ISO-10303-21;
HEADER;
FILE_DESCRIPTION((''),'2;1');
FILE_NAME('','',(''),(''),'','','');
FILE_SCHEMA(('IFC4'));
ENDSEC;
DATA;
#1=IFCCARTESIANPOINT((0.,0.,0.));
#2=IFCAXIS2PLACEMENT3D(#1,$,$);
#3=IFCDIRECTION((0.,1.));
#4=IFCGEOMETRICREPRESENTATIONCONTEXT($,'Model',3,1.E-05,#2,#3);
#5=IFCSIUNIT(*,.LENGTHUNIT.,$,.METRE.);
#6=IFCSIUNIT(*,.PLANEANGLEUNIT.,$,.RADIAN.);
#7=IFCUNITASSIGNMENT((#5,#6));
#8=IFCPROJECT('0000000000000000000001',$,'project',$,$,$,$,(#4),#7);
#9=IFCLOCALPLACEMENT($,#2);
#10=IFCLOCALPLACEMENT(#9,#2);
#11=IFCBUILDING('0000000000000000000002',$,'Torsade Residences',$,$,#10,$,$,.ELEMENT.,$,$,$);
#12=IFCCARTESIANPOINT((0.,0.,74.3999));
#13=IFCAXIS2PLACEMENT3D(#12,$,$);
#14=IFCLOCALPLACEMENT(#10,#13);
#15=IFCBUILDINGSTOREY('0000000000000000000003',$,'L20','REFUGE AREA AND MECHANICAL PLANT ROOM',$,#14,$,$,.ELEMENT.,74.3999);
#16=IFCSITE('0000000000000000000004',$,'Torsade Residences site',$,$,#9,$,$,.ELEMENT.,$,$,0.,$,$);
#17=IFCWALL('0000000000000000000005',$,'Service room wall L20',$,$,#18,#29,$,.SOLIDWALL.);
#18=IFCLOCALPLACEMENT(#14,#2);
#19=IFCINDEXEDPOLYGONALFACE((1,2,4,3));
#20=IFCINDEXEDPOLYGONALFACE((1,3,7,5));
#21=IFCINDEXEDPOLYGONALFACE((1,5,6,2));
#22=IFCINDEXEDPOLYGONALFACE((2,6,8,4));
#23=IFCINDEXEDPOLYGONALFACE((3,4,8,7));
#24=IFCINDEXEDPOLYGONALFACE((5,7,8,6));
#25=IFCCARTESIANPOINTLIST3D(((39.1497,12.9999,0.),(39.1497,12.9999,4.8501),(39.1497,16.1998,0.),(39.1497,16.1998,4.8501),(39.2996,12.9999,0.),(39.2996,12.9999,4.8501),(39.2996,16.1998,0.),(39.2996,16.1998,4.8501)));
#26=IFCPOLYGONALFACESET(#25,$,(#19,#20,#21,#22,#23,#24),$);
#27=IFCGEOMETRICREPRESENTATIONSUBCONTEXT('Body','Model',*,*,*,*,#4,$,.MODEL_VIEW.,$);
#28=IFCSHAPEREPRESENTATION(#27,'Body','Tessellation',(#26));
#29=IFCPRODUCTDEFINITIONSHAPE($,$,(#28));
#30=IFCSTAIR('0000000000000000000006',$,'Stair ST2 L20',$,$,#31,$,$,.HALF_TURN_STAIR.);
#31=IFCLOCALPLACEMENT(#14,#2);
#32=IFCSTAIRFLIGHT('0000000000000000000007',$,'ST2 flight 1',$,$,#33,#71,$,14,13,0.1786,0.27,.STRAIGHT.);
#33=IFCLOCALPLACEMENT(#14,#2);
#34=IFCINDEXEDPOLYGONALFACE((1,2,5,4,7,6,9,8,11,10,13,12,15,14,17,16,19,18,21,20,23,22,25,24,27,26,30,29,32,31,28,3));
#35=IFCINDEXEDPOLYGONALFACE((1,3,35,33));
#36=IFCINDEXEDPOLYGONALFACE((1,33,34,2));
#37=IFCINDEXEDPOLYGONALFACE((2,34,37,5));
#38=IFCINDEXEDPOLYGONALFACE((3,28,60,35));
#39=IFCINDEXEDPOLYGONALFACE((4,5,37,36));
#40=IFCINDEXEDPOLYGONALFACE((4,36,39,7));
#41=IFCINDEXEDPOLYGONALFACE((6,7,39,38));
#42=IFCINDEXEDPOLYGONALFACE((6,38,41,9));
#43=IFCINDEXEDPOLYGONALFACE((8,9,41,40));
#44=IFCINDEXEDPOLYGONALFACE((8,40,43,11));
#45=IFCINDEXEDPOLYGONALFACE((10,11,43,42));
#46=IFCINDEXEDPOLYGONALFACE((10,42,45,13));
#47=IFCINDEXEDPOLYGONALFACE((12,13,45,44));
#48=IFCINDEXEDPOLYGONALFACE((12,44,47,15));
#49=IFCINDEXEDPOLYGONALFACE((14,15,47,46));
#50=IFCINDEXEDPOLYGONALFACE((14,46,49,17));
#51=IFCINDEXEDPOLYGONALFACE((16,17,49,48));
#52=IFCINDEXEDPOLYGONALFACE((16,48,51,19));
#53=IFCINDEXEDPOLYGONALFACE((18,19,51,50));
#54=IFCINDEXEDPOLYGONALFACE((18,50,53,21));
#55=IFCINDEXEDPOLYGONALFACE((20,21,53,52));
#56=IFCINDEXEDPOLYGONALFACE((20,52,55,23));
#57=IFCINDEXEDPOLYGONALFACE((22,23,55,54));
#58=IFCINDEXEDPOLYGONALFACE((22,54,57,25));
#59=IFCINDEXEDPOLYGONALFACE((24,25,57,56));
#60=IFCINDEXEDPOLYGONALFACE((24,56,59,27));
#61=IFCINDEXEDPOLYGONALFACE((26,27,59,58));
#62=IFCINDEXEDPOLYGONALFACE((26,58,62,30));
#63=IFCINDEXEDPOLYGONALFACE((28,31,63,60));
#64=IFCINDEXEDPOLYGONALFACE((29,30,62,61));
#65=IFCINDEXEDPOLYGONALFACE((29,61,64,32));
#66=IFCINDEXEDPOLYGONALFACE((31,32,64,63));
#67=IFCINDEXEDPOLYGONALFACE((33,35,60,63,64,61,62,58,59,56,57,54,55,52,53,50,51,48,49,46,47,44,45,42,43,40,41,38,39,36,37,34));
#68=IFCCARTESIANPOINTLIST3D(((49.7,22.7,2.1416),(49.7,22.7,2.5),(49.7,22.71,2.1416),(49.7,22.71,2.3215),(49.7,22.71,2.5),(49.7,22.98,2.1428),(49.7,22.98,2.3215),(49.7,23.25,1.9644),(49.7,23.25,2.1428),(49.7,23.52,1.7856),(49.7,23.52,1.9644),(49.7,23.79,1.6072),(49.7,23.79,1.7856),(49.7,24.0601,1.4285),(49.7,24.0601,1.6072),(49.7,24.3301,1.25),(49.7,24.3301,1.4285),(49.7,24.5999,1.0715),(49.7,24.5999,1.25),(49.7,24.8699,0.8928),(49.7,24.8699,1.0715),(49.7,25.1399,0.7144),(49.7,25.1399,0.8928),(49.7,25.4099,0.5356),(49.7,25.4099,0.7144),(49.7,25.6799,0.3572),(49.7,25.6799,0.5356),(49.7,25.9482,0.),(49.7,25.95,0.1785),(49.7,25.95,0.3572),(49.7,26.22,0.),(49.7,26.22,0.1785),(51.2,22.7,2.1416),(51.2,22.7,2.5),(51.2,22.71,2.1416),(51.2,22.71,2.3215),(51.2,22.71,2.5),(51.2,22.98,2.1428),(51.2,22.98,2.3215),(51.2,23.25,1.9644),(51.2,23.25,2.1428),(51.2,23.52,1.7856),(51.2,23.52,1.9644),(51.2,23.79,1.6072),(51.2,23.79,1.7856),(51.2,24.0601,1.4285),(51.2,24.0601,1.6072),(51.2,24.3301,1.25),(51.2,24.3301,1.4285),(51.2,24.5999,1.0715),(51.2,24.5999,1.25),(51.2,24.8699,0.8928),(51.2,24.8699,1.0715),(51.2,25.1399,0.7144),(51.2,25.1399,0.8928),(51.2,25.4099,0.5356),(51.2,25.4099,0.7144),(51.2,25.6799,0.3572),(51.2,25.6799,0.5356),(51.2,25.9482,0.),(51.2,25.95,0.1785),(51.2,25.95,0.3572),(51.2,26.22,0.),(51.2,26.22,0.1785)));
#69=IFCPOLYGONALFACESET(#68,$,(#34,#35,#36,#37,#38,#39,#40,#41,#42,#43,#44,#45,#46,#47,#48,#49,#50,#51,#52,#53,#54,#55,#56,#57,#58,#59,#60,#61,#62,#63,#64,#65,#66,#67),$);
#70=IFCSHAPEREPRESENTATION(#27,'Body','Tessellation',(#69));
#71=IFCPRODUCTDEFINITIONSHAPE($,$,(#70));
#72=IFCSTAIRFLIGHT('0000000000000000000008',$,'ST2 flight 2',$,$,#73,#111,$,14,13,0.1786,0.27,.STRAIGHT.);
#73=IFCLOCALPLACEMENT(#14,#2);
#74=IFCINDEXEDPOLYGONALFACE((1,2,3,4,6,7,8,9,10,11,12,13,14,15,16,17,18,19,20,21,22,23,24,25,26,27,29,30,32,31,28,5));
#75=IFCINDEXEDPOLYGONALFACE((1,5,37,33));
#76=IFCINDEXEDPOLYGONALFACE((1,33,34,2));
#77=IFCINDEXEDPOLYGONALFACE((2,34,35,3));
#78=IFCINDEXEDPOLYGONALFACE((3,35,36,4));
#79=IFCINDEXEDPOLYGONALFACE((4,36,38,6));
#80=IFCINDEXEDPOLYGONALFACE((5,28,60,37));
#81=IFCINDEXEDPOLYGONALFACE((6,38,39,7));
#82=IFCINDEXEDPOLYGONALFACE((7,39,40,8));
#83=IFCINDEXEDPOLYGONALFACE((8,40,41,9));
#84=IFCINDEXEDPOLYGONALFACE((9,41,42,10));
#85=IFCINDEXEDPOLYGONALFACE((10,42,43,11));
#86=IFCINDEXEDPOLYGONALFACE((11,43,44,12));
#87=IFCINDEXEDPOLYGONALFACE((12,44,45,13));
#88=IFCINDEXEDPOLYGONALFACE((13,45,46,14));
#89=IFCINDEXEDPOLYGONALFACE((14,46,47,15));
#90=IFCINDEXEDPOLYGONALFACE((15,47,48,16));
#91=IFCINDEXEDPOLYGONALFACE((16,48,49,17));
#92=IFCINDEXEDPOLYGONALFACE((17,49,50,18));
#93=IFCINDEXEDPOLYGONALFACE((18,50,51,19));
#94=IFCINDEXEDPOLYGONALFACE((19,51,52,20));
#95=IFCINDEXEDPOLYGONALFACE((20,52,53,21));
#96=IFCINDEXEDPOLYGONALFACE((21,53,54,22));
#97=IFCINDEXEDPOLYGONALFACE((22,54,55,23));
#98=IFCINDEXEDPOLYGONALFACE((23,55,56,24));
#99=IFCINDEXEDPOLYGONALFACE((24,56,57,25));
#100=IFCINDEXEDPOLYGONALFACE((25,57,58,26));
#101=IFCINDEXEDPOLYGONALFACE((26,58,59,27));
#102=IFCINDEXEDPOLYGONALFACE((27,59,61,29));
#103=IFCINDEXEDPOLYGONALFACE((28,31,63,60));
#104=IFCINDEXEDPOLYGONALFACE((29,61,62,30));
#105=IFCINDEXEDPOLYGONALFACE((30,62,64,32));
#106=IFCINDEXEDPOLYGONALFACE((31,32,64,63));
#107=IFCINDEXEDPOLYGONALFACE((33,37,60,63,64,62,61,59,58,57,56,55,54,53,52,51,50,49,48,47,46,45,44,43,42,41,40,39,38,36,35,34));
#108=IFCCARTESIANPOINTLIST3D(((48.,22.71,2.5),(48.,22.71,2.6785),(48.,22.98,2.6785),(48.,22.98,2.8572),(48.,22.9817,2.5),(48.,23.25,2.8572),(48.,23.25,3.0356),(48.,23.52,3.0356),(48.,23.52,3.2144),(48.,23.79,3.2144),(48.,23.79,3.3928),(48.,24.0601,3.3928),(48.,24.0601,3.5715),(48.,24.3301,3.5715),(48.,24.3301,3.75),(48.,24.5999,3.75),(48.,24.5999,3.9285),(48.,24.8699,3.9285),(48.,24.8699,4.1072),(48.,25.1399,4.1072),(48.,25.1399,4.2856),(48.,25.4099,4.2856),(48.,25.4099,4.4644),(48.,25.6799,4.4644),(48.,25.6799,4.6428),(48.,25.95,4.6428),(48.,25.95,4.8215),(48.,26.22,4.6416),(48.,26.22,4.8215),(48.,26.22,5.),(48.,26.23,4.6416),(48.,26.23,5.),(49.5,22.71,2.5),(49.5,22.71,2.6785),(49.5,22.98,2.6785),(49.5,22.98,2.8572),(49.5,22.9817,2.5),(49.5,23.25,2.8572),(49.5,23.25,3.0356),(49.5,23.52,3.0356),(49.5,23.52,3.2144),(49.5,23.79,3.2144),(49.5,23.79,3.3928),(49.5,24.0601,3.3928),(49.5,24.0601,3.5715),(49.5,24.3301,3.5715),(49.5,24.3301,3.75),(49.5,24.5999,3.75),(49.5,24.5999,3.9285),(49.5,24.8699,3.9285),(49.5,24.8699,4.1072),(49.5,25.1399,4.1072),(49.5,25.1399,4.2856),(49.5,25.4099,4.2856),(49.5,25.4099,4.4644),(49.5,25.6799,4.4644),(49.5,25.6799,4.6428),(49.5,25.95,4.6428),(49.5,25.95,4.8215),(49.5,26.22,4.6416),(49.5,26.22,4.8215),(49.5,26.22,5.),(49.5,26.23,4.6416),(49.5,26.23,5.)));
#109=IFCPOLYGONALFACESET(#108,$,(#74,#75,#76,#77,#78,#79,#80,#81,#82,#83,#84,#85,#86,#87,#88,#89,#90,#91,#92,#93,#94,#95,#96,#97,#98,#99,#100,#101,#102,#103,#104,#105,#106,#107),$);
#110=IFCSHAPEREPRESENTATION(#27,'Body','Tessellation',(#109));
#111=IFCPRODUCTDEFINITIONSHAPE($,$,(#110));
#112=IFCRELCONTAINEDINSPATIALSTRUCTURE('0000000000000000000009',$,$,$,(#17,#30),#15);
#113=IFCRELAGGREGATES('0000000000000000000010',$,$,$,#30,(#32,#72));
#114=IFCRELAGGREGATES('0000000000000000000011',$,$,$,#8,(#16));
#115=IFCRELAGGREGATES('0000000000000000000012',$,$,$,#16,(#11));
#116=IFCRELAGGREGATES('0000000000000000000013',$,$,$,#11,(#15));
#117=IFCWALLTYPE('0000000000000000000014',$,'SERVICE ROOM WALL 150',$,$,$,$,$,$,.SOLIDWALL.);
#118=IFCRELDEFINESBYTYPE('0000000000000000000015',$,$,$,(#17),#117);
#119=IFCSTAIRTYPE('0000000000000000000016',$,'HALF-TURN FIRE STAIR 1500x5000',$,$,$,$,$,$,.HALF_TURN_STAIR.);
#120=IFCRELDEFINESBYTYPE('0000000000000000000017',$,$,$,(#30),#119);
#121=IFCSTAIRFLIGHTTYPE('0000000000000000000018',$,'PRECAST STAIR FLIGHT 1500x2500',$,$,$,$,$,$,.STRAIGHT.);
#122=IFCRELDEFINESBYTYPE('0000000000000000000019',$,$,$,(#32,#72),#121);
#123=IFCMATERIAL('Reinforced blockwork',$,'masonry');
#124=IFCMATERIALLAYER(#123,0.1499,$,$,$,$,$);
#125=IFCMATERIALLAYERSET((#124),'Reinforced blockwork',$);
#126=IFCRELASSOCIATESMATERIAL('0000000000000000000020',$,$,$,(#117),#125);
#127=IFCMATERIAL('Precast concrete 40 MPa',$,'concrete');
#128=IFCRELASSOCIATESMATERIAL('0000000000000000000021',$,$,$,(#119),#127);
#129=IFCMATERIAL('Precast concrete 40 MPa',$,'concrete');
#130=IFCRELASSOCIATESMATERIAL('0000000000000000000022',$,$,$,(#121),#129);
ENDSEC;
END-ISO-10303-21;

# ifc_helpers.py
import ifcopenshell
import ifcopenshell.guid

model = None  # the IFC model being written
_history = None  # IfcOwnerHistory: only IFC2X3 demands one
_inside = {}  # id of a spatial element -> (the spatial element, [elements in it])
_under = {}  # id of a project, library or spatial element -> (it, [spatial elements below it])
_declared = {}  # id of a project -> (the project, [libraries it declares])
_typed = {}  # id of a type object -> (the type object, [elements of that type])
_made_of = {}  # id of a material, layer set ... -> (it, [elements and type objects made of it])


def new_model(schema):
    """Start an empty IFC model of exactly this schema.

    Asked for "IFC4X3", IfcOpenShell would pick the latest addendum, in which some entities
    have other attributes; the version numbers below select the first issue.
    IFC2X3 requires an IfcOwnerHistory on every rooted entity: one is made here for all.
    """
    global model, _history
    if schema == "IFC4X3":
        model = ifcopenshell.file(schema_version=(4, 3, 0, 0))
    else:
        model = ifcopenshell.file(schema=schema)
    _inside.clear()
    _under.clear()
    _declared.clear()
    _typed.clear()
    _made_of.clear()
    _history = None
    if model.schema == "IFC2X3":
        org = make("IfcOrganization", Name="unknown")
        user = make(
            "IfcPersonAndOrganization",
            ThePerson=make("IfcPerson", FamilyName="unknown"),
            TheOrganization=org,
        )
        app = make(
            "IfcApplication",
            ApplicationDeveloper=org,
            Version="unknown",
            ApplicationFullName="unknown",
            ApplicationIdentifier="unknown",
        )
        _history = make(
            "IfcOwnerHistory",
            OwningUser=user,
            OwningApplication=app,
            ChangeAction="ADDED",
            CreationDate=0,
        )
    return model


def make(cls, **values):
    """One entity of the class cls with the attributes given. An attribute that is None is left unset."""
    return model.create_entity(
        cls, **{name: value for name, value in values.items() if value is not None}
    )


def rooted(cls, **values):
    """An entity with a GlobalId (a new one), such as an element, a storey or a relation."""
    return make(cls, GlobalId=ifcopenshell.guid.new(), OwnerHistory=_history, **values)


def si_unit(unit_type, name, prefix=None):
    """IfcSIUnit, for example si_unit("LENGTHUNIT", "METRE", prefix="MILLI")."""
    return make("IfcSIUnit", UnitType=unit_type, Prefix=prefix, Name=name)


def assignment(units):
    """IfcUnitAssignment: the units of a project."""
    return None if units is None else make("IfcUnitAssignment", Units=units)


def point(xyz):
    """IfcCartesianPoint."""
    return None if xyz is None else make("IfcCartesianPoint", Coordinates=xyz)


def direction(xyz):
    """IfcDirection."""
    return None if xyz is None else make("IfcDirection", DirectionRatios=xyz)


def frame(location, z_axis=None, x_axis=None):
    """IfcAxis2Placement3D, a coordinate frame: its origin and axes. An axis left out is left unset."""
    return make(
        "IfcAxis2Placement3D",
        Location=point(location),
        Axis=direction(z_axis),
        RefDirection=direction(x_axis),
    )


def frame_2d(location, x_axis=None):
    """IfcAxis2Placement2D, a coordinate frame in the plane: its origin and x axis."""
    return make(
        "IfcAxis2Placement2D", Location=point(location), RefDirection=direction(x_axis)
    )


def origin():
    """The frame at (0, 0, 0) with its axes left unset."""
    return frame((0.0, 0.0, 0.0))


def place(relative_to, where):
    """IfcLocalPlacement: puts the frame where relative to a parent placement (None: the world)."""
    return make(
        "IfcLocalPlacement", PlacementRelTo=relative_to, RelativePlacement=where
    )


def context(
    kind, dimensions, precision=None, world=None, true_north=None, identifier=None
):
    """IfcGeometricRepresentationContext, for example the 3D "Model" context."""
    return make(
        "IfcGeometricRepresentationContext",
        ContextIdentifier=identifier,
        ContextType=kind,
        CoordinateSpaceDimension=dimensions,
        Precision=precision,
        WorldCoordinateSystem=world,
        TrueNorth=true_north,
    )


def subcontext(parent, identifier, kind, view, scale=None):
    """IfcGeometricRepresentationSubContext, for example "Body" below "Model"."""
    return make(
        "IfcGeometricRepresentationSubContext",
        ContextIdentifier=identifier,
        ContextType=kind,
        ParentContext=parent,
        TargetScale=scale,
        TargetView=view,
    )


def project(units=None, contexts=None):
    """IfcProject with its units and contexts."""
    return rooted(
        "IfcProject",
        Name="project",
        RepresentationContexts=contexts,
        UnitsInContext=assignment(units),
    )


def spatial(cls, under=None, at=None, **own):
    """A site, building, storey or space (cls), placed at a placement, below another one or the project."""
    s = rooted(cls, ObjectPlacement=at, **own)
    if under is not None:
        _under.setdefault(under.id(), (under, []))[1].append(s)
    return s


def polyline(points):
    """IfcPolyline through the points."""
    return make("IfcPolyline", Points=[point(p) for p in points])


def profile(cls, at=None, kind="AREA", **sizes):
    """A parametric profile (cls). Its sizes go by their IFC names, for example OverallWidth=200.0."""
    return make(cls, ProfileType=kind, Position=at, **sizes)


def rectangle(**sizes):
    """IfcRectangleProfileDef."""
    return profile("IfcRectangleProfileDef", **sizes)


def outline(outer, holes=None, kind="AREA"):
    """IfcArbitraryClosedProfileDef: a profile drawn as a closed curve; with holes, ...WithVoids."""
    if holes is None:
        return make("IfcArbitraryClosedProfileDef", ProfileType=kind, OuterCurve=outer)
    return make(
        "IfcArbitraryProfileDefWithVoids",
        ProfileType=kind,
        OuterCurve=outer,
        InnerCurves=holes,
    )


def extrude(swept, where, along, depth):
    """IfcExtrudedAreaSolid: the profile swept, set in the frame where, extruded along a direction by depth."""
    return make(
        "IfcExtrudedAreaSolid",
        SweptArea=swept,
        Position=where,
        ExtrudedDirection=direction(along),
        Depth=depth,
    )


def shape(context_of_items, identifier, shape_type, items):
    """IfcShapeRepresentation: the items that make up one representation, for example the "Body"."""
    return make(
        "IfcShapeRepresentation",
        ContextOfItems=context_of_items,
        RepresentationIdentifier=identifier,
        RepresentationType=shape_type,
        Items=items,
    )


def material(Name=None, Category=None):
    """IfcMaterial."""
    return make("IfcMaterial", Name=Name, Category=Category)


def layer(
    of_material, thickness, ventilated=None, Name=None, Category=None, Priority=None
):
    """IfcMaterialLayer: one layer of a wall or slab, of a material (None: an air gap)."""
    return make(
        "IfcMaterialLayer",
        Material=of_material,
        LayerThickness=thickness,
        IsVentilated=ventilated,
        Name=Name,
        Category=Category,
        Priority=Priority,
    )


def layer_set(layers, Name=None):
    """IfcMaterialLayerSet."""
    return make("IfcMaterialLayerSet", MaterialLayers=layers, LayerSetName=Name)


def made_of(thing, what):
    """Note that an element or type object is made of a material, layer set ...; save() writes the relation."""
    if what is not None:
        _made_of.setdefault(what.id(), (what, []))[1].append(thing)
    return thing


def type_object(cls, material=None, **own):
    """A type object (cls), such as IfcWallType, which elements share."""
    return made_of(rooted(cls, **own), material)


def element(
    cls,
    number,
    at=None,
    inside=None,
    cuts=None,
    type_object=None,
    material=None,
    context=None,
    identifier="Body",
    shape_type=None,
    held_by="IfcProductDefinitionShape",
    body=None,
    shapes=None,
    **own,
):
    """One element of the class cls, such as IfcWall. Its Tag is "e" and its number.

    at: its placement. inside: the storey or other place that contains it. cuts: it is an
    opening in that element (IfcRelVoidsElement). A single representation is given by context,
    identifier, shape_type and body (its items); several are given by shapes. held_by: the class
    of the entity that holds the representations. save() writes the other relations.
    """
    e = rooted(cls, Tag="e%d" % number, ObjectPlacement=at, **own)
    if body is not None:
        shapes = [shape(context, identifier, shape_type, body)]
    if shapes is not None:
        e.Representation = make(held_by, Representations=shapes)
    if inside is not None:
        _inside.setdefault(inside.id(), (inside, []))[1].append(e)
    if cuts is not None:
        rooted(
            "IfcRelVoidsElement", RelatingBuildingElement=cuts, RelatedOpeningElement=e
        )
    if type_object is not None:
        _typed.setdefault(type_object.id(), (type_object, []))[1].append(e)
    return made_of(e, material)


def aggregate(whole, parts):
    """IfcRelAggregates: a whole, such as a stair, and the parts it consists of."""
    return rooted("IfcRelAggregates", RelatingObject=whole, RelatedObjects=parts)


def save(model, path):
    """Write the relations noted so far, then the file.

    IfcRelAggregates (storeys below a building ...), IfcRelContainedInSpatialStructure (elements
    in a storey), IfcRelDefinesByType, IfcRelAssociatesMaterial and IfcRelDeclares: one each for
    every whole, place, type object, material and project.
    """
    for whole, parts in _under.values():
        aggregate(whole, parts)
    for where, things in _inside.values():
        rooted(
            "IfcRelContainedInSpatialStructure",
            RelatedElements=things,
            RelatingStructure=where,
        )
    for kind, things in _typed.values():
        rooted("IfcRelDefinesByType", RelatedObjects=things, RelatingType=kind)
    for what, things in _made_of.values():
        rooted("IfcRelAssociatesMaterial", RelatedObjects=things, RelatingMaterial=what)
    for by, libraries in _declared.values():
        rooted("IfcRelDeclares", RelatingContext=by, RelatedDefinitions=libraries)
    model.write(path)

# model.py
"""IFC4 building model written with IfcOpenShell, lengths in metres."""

from ifc_helpers import new_model, si_unit, direction, frame, frame_2d, origin, place, context, subcontext, project, spatial, polyline, rectangle, outline, extrude, material, layer, layer_set, type_object, element, aggregate, save


model = new_model("IFC4")

# Units and contexts
model_context = context("Model", 3, precision=1e-05, world=origin(), true_north=direction((0.0, 1.0)))
body_context = subcontext(model_context, "Body", "Model", "MODEL_VIEW")
ifc_project = project(units=[si_unit("LENGTHUNIT", "METRE"), si_unit("PLANEANGLEUNIT", "RADIAN")], contexts=[model_context])

# Site, building, storey
site_placement = place(None, origin())
site = spatial("IfcSite", under=ifc_project, at=site_placement, Name="Torsade Residences site", CompositionType="ELEMENT", RefElevation=0.0)
building_placement = place(site_placement, origin())
building = spatial("IfcBuilding", under=site, at=building_placement, Name="Torsade Residences", CompositionType="ELEMENT")
storey_placement = place(building_placement, frame((0.0, 0.0, 74.3999)))
storey = spatial("IfcBuildingStorey", under=building, at=storey_placement, Name="L20", Description="REFUGE AREA AND MECHANICAL PLANT ROOM", CompositionType="ELEMENT", Elevation=74.3999)

# Shared definitions
ifc_material_1 = material(Name="Reinforced blockwork", Category="masonry")
ifc_layer_1 = layer(ifc_material_1, 0.1499)
ifc_layer_set_1 = layer_set([ifc_layer_1], Name="Reinforced blockwork")
wall_type_1 = type_object("IfcWallType", Name="SERVICE ROOM WALL 150", PredefinedType="SOLIDWALL", material=ifc_layer_set_1)

# Wall
wall_1_placement = place(storey_placement, frame((39.2246, 16.2, 0.0), z_axis=(0.0, 0.0, 1.0), x_axis=(0.0, -1.0, 0.0)))
element("IfcWall", 1, at=wall_1_placement, inside=storey, type_object=wall_type_1, Name="Service room wall L20", PredefinedType="SOLIDWALL", context=body_context, shape_type="SweptSolid", body=[
    extrude(rectangle(XDim=3.2, YDim=0.1499, at=frame_2d((1.6001, 0.0))), origin(), (0.0, 0.0, 1.0), 4.8501),
])

# Stair, stair flights
ifc_material_2 = material(Name="Precast concrete 40 MPa", Category="concrete")
stair_type = type_object("IfcStairType", Name="HALF-TURN FIRE STAIR 1500x5000", PredefinedType="HALF_TURN_STAIR", material=ifc_material_2)
stair_placement = place(storey_placement, origin())
stair = element("IfcStair", 2, at=stair_placement, inside=storey, type_object=stair_type, Name="Stair ST2 L20", PredefinedType="HALF_TURN_STAIR")
ifc_material_3 = material(Name="Precast concrete 40 MPa", Category="concrete")
stair_flight_type = type_object("IfcStairFlightType", Name="PRECAST STAIR FLIGHT 1500x2500", PredefinedType="STRAIGHT", material=ifc_material_3)
stair_flight_1_placement = place(storey_placement, frame((50.45, 26.22, 0.0), z_axis=(0.0, 0.0, 1.0), x_axis=(0.0, -1.0, 0.0)))
stair_flight_1 = element("IfcStairFlight", 3, at=stair_flight_1_placement, type_object=stair_flight_type, Name="ST2 flight 1", NumberOfRisers=14, NumberOfTreads=13, PredefinedType="STRAIGHT", RiserHeight=0.1786, TreadLength=0.27, context=body_context, shape_type="SweptSolid", body=[
    extrude(outline(polyline([(0.0, 0.0), (0.0, 0.1785), (0.27, 0.1785), (0.27, 0.3572), (0.54, 0.3572), (0.54, 0.5356), (0.8101, 0.5356), (0.8101, 0.7144), (1.0801, 0.7144), (1.0801, 0.8928), (1.3501, 0.8928), (1.3501, 1.0715), (1.6201, 1.0715), (1.6201, 1.25), (1.8899, 1.25), (1.8899, 1.4285), (2.1599, 1.4285), (2.1599, 1.6072), (2.4299, 1.6072), (2.4299, 1.7856), (2.7, 1.7856), (2.7, 1.9644), (2.97, 1.9644), (2.97, 2.1428), (3.24, 2.1428), (3.24, 2.3215), (3.51, 2.3215), (3.51, 2.5), (3.52, 2.5), (3.52, 2.1416), (3.51, 2.1416), (0.2717, 0.0), (0.0, 0.0)])), frame((0.0, 0.75, 0.0), z_axis=(0.0, -1.0, 0.0), x_axis=(1.0, 0.0, 0.0)), (0.0, 0.0, 1.0), 1.5),
])
stair_flight_2_placement = place(storey_placement, frame((48.75, 22.71, 2.5), z_axis=(0.0, 0.0, 1.0), x_axis=(0.0, 1.0, 0.0)))
stair_flight_2 = element("IfcStairFlight", 4, at=stair_flight_2_placement, type_object=stair_flight_type, Name="ST2 flight 2", NumberOfRisers=14, NumberOfTreads=13, PredefinedType="STRAIGHT", RiserHeight=0.1786, TreadLength=0.27, context=body_context, shape_type="SweptSolid", body=[
    extrude(outline(polyline([(0.0, 0.0), (0.0, 0.1785), (0.27, 0.1785), (0.27, 0.3572), (0.54, 0.3572), (0.54, 0.5356), (0.8101, 0.5356), (0.8101, 0.7144), (1.0801, 0.7144), (1.0801, 0.8928), (1.3501, 0.8928), (1.3501, 1.0715), (1.6201, 1.0715), (1.6201, 1.25), (1.8899, 1.25), (1.8899, 1.4285), (2.1599, 1.4285), (2.1599, 1.6072), (2.4299, 1.6072), (2.4299, 1.7856), (2.7, 1.7856), (2.7, 1.9644), (2.97, 1.9644), (2.97, 2.1428), (3.24, 2.1428), (3.24, 2.3215), (3.51, 2.3215), (3.51, 2.5), (3.52, 2.5), (3.52, 2.1416), (3.51, 2.1416), (0.2717, 0.0), (0.0, 0.0)])), frame((0.0, 0.75, 0.0), z_axis=(0.0, -1.0, 0.0), x_axis=(1.0, 0.0, 0.0)), (0.0, 0.0, 1.0), 1.5),
])
aggregate(stair, [stair_flight_1, stair_flight_2])

save(model, "model.ifc")
